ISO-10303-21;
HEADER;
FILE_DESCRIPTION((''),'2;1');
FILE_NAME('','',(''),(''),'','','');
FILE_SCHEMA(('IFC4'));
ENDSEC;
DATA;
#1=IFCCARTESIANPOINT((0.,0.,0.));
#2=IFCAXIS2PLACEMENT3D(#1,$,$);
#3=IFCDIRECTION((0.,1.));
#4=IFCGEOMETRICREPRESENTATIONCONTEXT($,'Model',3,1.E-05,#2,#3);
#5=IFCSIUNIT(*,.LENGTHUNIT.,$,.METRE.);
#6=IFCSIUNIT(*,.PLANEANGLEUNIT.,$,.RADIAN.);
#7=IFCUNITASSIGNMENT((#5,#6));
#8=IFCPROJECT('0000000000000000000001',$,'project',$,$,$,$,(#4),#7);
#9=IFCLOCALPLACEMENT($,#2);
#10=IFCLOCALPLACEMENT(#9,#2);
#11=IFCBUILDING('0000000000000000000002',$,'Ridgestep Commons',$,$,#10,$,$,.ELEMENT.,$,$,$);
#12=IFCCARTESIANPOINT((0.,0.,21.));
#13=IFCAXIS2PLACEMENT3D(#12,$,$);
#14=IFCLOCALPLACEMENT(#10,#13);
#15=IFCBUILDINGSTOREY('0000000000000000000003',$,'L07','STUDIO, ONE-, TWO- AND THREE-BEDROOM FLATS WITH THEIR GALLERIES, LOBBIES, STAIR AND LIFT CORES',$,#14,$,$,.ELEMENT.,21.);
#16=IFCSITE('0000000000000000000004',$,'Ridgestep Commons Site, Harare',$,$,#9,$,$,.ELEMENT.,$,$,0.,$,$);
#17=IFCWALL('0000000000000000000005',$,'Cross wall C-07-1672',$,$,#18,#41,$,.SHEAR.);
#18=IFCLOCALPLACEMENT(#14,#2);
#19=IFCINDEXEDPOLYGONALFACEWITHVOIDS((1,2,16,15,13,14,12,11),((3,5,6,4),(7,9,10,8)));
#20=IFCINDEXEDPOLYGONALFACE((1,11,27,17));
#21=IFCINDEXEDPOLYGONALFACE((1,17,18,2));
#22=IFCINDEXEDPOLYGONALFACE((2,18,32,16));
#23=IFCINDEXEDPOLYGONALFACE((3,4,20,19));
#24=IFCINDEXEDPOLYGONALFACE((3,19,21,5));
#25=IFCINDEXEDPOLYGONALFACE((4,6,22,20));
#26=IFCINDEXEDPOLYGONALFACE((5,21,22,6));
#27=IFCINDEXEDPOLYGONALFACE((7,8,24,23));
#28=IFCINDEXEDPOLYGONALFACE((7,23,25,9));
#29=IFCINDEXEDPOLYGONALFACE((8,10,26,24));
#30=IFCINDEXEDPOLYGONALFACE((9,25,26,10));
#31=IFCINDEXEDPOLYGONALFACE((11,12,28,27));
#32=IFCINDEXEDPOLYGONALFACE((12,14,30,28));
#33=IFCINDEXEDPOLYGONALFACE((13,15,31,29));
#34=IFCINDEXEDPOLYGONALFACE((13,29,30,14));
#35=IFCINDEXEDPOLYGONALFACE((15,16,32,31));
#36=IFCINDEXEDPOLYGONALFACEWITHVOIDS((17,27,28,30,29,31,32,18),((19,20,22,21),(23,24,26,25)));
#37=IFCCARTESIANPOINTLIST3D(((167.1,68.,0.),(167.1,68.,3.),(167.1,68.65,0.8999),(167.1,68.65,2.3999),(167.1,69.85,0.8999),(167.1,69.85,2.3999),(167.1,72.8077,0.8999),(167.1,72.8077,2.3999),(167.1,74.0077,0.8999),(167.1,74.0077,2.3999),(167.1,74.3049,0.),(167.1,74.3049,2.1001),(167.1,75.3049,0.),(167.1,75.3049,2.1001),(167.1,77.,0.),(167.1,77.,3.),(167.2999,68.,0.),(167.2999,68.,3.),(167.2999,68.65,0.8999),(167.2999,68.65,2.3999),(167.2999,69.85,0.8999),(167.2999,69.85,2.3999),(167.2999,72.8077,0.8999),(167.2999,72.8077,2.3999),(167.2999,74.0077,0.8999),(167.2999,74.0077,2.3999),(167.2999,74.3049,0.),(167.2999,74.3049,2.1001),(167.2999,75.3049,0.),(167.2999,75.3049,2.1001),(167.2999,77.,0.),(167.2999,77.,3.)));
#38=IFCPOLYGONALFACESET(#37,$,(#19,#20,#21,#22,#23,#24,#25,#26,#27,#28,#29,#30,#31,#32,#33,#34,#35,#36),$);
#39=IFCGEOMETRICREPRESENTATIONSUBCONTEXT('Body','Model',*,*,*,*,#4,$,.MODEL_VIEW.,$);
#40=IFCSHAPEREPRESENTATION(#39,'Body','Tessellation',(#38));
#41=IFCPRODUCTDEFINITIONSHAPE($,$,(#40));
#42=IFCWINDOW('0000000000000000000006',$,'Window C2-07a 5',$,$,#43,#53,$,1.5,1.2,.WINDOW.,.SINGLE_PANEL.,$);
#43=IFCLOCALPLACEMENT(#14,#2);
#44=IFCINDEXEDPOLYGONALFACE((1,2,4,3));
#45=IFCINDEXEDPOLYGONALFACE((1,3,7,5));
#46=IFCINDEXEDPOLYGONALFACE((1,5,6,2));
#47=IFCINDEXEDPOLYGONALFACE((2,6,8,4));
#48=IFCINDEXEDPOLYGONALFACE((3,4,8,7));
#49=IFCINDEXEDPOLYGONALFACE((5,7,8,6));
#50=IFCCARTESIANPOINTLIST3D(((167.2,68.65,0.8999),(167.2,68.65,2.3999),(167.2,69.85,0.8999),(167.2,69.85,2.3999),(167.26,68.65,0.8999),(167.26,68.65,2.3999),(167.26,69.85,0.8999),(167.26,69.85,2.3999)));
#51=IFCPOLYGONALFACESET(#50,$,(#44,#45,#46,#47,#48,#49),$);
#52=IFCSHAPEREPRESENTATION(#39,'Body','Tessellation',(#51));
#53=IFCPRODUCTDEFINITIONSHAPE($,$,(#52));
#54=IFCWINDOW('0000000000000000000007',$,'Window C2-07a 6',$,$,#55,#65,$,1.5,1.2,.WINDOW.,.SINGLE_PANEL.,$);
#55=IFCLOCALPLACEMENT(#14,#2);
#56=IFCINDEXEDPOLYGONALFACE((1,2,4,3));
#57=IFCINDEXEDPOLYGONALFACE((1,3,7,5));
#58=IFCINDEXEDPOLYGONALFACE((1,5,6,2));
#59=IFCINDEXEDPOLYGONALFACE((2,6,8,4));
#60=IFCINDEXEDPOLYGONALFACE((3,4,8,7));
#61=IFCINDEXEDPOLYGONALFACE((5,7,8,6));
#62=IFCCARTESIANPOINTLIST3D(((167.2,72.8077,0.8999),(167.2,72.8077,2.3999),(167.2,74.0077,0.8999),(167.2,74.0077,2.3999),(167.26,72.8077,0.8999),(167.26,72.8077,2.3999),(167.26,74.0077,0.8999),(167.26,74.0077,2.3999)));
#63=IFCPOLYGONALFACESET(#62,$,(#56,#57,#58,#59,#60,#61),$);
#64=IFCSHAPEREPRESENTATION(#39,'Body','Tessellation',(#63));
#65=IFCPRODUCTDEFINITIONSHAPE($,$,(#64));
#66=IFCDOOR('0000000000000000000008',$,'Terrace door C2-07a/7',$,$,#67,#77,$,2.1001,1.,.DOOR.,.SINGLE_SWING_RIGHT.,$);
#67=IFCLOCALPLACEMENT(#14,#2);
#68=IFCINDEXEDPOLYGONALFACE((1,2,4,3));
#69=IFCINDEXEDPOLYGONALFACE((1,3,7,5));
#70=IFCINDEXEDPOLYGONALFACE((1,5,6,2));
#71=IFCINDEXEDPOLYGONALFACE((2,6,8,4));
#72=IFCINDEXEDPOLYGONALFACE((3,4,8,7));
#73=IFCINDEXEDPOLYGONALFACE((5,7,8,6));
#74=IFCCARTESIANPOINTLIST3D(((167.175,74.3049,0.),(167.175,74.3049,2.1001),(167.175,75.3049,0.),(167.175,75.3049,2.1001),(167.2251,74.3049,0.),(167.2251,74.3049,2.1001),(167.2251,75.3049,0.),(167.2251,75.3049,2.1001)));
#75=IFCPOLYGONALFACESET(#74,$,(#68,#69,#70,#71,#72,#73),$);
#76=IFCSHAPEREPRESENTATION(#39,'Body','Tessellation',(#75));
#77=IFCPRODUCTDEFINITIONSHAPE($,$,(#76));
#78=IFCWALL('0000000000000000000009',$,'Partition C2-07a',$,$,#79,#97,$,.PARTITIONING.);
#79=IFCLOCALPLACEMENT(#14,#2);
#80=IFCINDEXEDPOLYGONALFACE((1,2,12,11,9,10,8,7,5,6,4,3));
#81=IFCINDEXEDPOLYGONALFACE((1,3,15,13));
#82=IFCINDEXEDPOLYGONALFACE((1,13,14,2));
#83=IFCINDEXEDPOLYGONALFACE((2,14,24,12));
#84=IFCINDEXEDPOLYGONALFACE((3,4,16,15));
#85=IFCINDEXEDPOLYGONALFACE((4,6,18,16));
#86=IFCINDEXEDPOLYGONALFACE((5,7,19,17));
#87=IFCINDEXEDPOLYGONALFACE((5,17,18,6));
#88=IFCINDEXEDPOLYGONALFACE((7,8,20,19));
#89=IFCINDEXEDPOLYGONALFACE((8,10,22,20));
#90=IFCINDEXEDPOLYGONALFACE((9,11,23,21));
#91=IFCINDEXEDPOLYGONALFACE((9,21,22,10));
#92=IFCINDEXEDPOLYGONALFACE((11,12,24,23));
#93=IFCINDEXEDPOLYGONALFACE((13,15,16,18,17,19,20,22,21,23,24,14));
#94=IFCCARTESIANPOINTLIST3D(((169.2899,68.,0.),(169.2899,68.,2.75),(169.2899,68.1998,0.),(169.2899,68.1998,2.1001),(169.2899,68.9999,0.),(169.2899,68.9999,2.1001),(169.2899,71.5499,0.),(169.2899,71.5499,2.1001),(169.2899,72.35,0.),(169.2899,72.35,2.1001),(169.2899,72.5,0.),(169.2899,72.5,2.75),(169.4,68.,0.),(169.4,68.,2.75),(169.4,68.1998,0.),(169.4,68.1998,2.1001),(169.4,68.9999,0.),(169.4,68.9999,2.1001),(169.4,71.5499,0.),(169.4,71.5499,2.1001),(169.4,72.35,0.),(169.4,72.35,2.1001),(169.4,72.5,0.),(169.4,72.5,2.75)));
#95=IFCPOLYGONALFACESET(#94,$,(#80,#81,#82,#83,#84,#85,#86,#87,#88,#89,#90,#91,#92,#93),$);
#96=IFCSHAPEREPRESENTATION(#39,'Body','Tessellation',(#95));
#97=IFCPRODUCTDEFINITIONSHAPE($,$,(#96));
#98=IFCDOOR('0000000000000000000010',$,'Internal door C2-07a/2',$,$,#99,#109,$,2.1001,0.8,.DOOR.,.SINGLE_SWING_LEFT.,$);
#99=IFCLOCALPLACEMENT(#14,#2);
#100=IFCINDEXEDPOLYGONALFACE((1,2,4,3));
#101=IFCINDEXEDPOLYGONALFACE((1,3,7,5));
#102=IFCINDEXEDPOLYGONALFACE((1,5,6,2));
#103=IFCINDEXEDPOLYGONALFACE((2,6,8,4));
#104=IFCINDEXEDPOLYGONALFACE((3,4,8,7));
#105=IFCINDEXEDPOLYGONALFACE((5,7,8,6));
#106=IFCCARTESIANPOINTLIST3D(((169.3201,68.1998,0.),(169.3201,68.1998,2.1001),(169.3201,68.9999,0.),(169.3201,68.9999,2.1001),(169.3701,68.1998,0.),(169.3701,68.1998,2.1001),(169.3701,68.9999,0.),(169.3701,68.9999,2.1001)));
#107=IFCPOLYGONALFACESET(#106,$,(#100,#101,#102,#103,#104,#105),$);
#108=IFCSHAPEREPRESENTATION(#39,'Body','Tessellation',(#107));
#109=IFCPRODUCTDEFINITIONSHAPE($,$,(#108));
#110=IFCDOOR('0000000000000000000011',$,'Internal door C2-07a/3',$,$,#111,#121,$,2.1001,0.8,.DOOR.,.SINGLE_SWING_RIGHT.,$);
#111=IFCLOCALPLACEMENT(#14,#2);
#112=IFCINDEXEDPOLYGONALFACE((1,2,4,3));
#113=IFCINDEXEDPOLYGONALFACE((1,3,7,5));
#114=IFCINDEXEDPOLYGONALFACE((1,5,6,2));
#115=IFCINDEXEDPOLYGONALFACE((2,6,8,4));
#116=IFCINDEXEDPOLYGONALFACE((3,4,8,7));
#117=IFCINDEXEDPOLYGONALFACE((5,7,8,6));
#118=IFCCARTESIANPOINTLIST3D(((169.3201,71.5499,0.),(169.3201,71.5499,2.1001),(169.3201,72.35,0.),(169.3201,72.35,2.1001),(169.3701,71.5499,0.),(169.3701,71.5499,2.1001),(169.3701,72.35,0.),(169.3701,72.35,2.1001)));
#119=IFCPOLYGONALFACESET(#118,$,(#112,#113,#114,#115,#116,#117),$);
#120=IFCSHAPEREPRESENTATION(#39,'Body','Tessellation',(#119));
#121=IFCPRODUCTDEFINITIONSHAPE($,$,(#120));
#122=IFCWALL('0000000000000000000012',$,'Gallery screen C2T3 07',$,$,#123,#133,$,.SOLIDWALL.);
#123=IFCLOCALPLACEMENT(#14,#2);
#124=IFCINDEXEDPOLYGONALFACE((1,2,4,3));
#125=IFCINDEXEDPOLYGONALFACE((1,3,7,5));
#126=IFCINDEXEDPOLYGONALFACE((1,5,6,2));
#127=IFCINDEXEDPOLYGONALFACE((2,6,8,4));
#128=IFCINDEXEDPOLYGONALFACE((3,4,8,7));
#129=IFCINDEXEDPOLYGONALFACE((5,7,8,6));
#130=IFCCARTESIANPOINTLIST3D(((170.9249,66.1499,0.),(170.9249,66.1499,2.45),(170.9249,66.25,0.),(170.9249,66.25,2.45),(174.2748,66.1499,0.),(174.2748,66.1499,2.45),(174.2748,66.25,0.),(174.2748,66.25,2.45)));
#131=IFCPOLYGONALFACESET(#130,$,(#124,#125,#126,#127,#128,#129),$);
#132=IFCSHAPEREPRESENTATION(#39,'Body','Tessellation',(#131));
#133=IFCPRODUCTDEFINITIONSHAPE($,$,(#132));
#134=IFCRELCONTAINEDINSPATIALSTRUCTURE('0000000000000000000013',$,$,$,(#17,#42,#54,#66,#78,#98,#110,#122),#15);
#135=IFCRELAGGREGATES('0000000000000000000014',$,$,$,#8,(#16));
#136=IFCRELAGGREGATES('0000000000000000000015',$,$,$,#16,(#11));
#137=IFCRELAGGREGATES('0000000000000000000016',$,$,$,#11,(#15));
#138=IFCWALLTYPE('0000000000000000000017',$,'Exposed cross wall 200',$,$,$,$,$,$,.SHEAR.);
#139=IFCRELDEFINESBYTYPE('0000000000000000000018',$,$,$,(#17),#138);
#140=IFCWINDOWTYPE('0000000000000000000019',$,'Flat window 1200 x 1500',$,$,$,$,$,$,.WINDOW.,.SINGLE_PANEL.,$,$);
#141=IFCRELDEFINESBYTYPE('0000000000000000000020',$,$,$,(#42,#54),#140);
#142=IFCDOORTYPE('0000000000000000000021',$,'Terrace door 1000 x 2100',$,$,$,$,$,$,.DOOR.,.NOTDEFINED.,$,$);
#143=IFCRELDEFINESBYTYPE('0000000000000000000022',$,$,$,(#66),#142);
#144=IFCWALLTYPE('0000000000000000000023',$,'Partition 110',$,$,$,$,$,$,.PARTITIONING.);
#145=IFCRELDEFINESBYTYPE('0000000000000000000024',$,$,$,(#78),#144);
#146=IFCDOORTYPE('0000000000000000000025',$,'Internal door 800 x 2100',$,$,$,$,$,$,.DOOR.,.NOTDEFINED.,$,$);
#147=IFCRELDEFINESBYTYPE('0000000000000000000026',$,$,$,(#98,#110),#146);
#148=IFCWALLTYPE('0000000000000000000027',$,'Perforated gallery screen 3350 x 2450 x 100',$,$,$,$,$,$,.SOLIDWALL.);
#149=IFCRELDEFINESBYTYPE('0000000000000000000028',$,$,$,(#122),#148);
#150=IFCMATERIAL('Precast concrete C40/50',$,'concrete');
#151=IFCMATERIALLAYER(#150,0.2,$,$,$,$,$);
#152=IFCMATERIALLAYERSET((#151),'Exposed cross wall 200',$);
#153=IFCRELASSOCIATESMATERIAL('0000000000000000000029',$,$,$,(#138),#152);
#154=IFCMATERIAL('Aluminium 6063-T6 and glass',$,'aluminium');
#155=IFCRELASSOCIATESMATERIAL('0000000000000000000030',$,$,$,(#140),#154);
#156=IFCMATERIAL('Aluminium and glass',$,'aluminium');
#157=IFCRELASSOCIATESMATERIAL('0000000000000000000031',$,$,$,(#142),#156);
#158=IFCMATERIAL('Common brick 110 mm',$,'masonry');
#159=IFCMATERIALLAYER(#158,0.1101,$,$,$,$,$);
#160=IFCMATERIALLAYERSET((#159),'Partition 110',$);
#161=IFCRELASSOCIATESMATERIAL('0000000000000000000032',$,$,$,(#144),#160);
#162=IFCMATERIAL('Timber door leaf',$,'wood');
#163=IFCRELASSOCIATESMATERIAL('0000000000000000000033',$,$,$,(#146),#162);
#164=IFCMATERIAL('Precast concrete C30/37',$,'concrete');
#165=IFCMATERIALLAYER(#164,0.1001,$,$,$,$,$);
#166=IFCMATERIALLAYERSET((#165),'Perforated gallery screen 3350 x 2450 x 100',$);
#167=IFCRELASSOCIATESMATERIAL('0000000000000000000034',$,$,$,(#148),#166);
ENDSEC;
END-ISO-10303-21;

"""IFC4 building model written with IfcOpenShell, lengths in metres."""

from ifc_helpers import new_model, si_unit, direction, frame, frame_2d, origin, place, context, subcontext, project, spatial, rectangle, extrude, material, layer, layer_set, type_object, element, fill, save


model = new_model("IFC4")

# Units and contexts
model_context = context("Model", 3, precision=1e-05, world=origin(), true_north=direction((0.0, 1.0)))
body_context = subcontext(model_context, "Body", "Model", "MODEL_VIEW")
ifc_project = project(units=[si_unit("LENGTHUNIT", "METRE"), si_unit("PLANEANGLEUNIT", "RADIAN")], contexts=[model_context])

# Site, building, storey
site_placement = place(None, origin())
site = spatial("IfcSite", under=ifc_project, at=site_placement, Name="Ridgestep Commons Site, Harare", CompositionType="ELEMENT", RefElevation=0.0)
building_placement = place(site_placement, origin())
building = spatial("IfcBuilding", under=site, at=building_placement, Name="Ridgestep Commons", CompositionType="ELEMENT")
storey_placement = place(building_placement, frame((0.0, 0.0, 21.0)))
storey = spatial("IfcBuildingStorey", under=building, at=storey_placement, Name="L07", Description="STUDIO, ONE-, TWO- AND THREE-BEDROOM FLATS WITH THEIR GALLERIES, LOBBIES, STAIR AND LIFT CORES", CompositionType="ELEMENT", Elevation=21.0)

# Wall, openings, windows, door
ifc_material_1 = material(Name="Precast concrete C40/50", Category="concrete")
ifc_layer_1 = layer(ifc_material_1, 0.2)
ifc_layer_set_1 = layer_set([ifc_layer_1], Name="Exposed cross wall 200")
wall_type_1 = type_object("IfcWallType", Name="Exposed cross wall 200", PredefinedType="SHEAR", material=ifc_layer_set_1)
wall_1_placement = place(storey_placement, frame((167.2, 68.0, 0.0), z_axis=(0.0, 0.0, 1.0), x_axis=(0.0, 1.0, 0.0)))
wall_1 = element("IfcWall", 1, at=wall_1_placement, inside=storey, type_object=wall_type_1, Name="Cross wall C-07-1672", PredefinedType="SHEAR", context=body_context, shape_type="SweptSolid", body=[
    extrude(rectangle(XDim=9.0, YDim=0.2, at=frame_2d((4.5, 0.0))), origin(), (0.0, 0.0, 1.0), 3.0),
])
opening_1_placement = place(wall_1_placement, frame((0.6499, 0.0, 0.8999)))
opening_1 = element("IfcOpeningElement", 2, at=opening_1_placement, cuts=wall_1, PredefinedType="OPENING", context=body_context, shape_type="SweptSolid", body=[
    extrude(rectangle(XDim=1.2, YDim=1.5, at=frame_2d((0.6001, 0.75))), frame((0.0, 0.1099, 0.0), z_axis=(0.0, -1.0, 0.0), x_axis=(1.0, 0.0, 0.0)), (0.0, 0.0, 1.0), 0.22),
])
opening_2_placement = place(wall_1_placement, frame((4.8076, 0.0, 0.8999)))
opening_2 = element("IfcOpeningElement", 3, at=opening_2_placement, cuts=wall_1, PredefinedType="OPENING", context=body_context, shape_type="SweptSolid", body=[
    extrude(rectangle(XDim=1.2, YDim=1.5, at=frame_2d((0.6001, 0.75))), frame((0.0, 0.1099, 0.0), z_axis=(0.0, -1.0, 0.0), x_axis=(1.0, 0.0, 0.0)), (0.0, 0.0, 1.0), 0.22),
])
opening_3_placement = place(wall_1_placement, frame((6.3049, 0.0, 0.0)))
opening_3 = element("IfcOpeningElement", 4, at=opening_3_placement, cuts=wall_1, PredefinedType="OPENING", context=body_context, shape_type="SweptSolid", body=[
    extrude(rectangle(XDim=1.0, YDim=2.1001, at=frame_2d((0.5, 1.05))), frame((0.0, 0.1099, 0.0), z_axis=(0.0, -1.0, 0.0), x_axis=(1.0, 0.0, 0.0)), (0.0, 0.0, 1.0), 0.22),
])
ifc_material_2 = material(Name="Aluminium 6063-T6 and glass", Category="aluminium")
window_type_1 = type_object("IfcWindowType", Name="Flat window 1200 x 1500", PartitioningType="SINGLE_PANEL", PredefinedType="WINDOW", material=ifc_material_2)
window_1_placement = place(opening_1_placement, origin())
window_1 = element("IfcWindow", 5, at=window_1_placement, inside=storey, type_object=window_type_1, Name="Window C2-07a 5", OverallHeight=1.5, OverallWidth=1.2, PartitioningType="SINGLE_PANEL", PredefinedType="WINDOW", context=body_context, shape_type="SweptSolid", body=[
    extrude(rectangle(XDim=1.2, YDim=1.5, at=frame_2d((0.6001, 0.75))), frame((0.0, 0.0, 0.0), z_axis=(0.0, -1.0, 0.0), x_axis=(1.0, 0.0, 0.0)), (0.0, 0.0, 1.0), 0.0601),
])
fill(opening_1, window_1)
window_2_placement = place(opening_2_placement, origin())
window_2 = element("IfcWindow", 6, at=window_2_placement, inside=storey, type_object=window_type_1, Name="Window C2-07a 6", OverallHeight=1.5, OverallWidth=1.2, PartitioningType="SINGLE_PANEL", PredefinedType="WINDOW", context=body_context, shape_type="SweptSolid", body=[
    extrude(rectangle(XDim=1.2, YDim=1.5, at=frame_2d((0.6001, 0.75))), frame((0.0, 0.0, 0.0), z_axis=(0.0, -1.0, 0.0), x_axis=(1.0, 0.0, 0.0)), (0.0, 0.0, 1.0), 0.0601),
])
fill(opening_2, window_2)
ifc_material_3 = material(Name="Aluminium and glass", Category="aluminium")
door_type_1 = type_object("IfcDoorType", Name="Terrace door 1000 x 2100", OperationType="NOTDEFINED", PredefinedType="DOOR", material=ifc_material_3)
door_1_placement = place(opening_3_placement, origin())
door_1 = element("IfcDoor", 7, at=door_1_placement, inside=storey, type_object=door_type_1, Name="Terrace door C2-07a/7", OperationType="SINGLE_SWING_RIGHT", OverallHeight=2.1001, OverallWidth=1.0, PredefinedType="DOOR", context=body_context, shape_type="SweptSolid", body=[
    extrude(rectangle(XDim=1.0, YDim=2.1001, at=frame_2d((0.5, 1.05))), frame((0.0, 0.0249, 0.0), z_axis=(0.0, -1.0, 0.0), x_axis=(1.0, 0.0, 0.0)), (0.0, 0.0, 1.0), 0.05),
])
fill(opening_3, door_1)

# Wall, openings, doors
ifc_material_4 = material(Name="Common brick 110 mm", Category="masonry")
ifc_layer_2 = layer(ifc_material_4, 0.1101)
ifc_layer_set_2 = layer_set([ifc_layer_2], Name="Partition 110")
wall_type_2 = type_object("IfcWallType", Name="Partition 110", PredefinedType="PARTITIONING", material=ifc_layer_set_2)
wall_2_placement = place(storey_placement, frame((169.345, 68.0, 0.0), z_axis=(0.0, 0.0, 1.0), x_axis=(0.0, 1.0, 0.0)))
wall_2 = element("IfcWall", 8, at=wall_2_placement, inside=storey, type_object=wall_type_2, Name="Partition C2-07a", PredefinedType="PARTITIONING", context=body_context, shape_type="SweptSolid", body=[
    extrude(rectangle(XDim=4.5, YDim=0.1101, at=frame_2d((2.25, 0.0))), origin(), (0.0, 0.0, 1.0), 2.75),
])
opening_4_placement = place(wall_2_placement, frame((0.2, 0.0, 0.0)))
opening_4 = element("IfcOpeningElement", 9, at=opening_4_placement, cuts=wall_2, PredefinedType="OPENING", context=body_context, shape_type="SweptSolid", body=[
    extrude(rectangle(XDim=0.8, YDim=2.1001, at=frame_2d((0.3999, 1.05))), frame((0.0, 0.0649, 0.0), z_axis=(0.0, -1.0, 0.0), x_axis=(1.0, 0.0, 0.0)), (0.0, 0.0, 1.0), 0.1301),
])
opening_5_placement = place(wall_2_placement, frame((3.55, 0.0, 0.0)))
opening_5 = element("IfcOpeningElement", 10, at=opening_5_placement, cuts=wall_2, PredefinedType="OPENING", context=body_context, shape_type="SweptSolid", body=[
    extrude(rectangle(XDim=0.8, YDim=2.1001, at=frame_2d((0.3999, 1.05))), frame((0.0, 0.0649, 0.0), z_axis=(0.0, -1.0, 0.0), x_axis=(1.0, 0.0, 0.0)), (0.0, 0.0, 1.0), 0.1301),
])
ifc_material_5 = material(Name="Timber door leaf", Category="wood")
door_type_2 = type_object("IfcDoorType", Name="Internal door 800 x 2100", OperationType="NOTDEFINED", PredefinedType="DOOR", material=ifc_material_5)
door_2_placement = place(opening_4_placement, origin())
door_2 = element("IfcDoor", 11, at=door_2_placement, inside=storey, type_object=door_type_2, Name="Internal door C2-07a/2", OperationType="SINGLE_SWING_LEFT", OverallHeight=2.1001, OverallWidth=0.8, PredefinedType="DOOR", context=body_context, shape_type="SweptSolid", body=[
    extrude(rectangle(XDim=0.8, YDim=2.1001, at=frame_2d((0.3999, 1.05))), frame((0.0, 0.0249, 0.0), z_axis=(0.0, -1.0, 0.0), x_axis=(1.0, 0.0, 0.0)), (0.0, 0.0, 1.0), 0.05),
])
fill(opening_4, door_2)
door_3_placement = place(opening_5_placement, origin())
door_3 = element("IfcDoor", 12, at=door_3_placement, inside=storey, type_object=door_type_2, Name="Internal door C2-07a/3", OperationType="SINGLE_SWING_RIGHT", OverallHeight=2.1001, OverallWidth=0.8, PredefinedType="DOOR", context=body_context, shape_type="SweptSolid", body=[
    extrude(rectangle(XDim=0.8, YDim=2.1001, at=frame_2d((0.3999, 1.05))), frame((0.0, 0.0249, 0.0), z_axis=(0.0, -1.0, 0.0), x_axis=(1.0, 0.0, 0.0)), (0.0, 0.0, 1.0), 0.05),
])
fill(opening_5, door_3)

# Wall
ifc_material_6 = material(Name="Precast concrete C30/37", Category="concrete")
ifc_layer_3 = layer(ifc_material_6, 0.1001)
ifc_layer_set_3 = layer_set([ifc_layer_3], Name="Perforated gallery screen 3350 x 2450 x 100")
wall_type_3 = type_object("IfcWallType", Name="Perforated gallery screen 3350 x 2450 x 100", PredefinedType="SOLIDWALL", material=ifc_layer_set_3)
wall_3_placement = place(storey_placement, frame((170.925, 66.2, 0.0), z_axis=(0.0, 0.0, 1.0), x_axis=(1.0, 0.0, 0.0)))
element("IfcWall", 13, at=wall_3_placement, inside=storey, type_object=wall_type_3, Name="Gallery screen C2T3 07", PredefinedType="SOLIDWALL", context=body_context, shape_type="SweptSolid", body=[
    extrude(rectangle(XDim=3.3499, YDim=0.1001, at=frame_2d((1.6748, 0.0))), origin(), (0.0, 0.0, 1.0), 2.45),
])

save(model, "model.ifc")
